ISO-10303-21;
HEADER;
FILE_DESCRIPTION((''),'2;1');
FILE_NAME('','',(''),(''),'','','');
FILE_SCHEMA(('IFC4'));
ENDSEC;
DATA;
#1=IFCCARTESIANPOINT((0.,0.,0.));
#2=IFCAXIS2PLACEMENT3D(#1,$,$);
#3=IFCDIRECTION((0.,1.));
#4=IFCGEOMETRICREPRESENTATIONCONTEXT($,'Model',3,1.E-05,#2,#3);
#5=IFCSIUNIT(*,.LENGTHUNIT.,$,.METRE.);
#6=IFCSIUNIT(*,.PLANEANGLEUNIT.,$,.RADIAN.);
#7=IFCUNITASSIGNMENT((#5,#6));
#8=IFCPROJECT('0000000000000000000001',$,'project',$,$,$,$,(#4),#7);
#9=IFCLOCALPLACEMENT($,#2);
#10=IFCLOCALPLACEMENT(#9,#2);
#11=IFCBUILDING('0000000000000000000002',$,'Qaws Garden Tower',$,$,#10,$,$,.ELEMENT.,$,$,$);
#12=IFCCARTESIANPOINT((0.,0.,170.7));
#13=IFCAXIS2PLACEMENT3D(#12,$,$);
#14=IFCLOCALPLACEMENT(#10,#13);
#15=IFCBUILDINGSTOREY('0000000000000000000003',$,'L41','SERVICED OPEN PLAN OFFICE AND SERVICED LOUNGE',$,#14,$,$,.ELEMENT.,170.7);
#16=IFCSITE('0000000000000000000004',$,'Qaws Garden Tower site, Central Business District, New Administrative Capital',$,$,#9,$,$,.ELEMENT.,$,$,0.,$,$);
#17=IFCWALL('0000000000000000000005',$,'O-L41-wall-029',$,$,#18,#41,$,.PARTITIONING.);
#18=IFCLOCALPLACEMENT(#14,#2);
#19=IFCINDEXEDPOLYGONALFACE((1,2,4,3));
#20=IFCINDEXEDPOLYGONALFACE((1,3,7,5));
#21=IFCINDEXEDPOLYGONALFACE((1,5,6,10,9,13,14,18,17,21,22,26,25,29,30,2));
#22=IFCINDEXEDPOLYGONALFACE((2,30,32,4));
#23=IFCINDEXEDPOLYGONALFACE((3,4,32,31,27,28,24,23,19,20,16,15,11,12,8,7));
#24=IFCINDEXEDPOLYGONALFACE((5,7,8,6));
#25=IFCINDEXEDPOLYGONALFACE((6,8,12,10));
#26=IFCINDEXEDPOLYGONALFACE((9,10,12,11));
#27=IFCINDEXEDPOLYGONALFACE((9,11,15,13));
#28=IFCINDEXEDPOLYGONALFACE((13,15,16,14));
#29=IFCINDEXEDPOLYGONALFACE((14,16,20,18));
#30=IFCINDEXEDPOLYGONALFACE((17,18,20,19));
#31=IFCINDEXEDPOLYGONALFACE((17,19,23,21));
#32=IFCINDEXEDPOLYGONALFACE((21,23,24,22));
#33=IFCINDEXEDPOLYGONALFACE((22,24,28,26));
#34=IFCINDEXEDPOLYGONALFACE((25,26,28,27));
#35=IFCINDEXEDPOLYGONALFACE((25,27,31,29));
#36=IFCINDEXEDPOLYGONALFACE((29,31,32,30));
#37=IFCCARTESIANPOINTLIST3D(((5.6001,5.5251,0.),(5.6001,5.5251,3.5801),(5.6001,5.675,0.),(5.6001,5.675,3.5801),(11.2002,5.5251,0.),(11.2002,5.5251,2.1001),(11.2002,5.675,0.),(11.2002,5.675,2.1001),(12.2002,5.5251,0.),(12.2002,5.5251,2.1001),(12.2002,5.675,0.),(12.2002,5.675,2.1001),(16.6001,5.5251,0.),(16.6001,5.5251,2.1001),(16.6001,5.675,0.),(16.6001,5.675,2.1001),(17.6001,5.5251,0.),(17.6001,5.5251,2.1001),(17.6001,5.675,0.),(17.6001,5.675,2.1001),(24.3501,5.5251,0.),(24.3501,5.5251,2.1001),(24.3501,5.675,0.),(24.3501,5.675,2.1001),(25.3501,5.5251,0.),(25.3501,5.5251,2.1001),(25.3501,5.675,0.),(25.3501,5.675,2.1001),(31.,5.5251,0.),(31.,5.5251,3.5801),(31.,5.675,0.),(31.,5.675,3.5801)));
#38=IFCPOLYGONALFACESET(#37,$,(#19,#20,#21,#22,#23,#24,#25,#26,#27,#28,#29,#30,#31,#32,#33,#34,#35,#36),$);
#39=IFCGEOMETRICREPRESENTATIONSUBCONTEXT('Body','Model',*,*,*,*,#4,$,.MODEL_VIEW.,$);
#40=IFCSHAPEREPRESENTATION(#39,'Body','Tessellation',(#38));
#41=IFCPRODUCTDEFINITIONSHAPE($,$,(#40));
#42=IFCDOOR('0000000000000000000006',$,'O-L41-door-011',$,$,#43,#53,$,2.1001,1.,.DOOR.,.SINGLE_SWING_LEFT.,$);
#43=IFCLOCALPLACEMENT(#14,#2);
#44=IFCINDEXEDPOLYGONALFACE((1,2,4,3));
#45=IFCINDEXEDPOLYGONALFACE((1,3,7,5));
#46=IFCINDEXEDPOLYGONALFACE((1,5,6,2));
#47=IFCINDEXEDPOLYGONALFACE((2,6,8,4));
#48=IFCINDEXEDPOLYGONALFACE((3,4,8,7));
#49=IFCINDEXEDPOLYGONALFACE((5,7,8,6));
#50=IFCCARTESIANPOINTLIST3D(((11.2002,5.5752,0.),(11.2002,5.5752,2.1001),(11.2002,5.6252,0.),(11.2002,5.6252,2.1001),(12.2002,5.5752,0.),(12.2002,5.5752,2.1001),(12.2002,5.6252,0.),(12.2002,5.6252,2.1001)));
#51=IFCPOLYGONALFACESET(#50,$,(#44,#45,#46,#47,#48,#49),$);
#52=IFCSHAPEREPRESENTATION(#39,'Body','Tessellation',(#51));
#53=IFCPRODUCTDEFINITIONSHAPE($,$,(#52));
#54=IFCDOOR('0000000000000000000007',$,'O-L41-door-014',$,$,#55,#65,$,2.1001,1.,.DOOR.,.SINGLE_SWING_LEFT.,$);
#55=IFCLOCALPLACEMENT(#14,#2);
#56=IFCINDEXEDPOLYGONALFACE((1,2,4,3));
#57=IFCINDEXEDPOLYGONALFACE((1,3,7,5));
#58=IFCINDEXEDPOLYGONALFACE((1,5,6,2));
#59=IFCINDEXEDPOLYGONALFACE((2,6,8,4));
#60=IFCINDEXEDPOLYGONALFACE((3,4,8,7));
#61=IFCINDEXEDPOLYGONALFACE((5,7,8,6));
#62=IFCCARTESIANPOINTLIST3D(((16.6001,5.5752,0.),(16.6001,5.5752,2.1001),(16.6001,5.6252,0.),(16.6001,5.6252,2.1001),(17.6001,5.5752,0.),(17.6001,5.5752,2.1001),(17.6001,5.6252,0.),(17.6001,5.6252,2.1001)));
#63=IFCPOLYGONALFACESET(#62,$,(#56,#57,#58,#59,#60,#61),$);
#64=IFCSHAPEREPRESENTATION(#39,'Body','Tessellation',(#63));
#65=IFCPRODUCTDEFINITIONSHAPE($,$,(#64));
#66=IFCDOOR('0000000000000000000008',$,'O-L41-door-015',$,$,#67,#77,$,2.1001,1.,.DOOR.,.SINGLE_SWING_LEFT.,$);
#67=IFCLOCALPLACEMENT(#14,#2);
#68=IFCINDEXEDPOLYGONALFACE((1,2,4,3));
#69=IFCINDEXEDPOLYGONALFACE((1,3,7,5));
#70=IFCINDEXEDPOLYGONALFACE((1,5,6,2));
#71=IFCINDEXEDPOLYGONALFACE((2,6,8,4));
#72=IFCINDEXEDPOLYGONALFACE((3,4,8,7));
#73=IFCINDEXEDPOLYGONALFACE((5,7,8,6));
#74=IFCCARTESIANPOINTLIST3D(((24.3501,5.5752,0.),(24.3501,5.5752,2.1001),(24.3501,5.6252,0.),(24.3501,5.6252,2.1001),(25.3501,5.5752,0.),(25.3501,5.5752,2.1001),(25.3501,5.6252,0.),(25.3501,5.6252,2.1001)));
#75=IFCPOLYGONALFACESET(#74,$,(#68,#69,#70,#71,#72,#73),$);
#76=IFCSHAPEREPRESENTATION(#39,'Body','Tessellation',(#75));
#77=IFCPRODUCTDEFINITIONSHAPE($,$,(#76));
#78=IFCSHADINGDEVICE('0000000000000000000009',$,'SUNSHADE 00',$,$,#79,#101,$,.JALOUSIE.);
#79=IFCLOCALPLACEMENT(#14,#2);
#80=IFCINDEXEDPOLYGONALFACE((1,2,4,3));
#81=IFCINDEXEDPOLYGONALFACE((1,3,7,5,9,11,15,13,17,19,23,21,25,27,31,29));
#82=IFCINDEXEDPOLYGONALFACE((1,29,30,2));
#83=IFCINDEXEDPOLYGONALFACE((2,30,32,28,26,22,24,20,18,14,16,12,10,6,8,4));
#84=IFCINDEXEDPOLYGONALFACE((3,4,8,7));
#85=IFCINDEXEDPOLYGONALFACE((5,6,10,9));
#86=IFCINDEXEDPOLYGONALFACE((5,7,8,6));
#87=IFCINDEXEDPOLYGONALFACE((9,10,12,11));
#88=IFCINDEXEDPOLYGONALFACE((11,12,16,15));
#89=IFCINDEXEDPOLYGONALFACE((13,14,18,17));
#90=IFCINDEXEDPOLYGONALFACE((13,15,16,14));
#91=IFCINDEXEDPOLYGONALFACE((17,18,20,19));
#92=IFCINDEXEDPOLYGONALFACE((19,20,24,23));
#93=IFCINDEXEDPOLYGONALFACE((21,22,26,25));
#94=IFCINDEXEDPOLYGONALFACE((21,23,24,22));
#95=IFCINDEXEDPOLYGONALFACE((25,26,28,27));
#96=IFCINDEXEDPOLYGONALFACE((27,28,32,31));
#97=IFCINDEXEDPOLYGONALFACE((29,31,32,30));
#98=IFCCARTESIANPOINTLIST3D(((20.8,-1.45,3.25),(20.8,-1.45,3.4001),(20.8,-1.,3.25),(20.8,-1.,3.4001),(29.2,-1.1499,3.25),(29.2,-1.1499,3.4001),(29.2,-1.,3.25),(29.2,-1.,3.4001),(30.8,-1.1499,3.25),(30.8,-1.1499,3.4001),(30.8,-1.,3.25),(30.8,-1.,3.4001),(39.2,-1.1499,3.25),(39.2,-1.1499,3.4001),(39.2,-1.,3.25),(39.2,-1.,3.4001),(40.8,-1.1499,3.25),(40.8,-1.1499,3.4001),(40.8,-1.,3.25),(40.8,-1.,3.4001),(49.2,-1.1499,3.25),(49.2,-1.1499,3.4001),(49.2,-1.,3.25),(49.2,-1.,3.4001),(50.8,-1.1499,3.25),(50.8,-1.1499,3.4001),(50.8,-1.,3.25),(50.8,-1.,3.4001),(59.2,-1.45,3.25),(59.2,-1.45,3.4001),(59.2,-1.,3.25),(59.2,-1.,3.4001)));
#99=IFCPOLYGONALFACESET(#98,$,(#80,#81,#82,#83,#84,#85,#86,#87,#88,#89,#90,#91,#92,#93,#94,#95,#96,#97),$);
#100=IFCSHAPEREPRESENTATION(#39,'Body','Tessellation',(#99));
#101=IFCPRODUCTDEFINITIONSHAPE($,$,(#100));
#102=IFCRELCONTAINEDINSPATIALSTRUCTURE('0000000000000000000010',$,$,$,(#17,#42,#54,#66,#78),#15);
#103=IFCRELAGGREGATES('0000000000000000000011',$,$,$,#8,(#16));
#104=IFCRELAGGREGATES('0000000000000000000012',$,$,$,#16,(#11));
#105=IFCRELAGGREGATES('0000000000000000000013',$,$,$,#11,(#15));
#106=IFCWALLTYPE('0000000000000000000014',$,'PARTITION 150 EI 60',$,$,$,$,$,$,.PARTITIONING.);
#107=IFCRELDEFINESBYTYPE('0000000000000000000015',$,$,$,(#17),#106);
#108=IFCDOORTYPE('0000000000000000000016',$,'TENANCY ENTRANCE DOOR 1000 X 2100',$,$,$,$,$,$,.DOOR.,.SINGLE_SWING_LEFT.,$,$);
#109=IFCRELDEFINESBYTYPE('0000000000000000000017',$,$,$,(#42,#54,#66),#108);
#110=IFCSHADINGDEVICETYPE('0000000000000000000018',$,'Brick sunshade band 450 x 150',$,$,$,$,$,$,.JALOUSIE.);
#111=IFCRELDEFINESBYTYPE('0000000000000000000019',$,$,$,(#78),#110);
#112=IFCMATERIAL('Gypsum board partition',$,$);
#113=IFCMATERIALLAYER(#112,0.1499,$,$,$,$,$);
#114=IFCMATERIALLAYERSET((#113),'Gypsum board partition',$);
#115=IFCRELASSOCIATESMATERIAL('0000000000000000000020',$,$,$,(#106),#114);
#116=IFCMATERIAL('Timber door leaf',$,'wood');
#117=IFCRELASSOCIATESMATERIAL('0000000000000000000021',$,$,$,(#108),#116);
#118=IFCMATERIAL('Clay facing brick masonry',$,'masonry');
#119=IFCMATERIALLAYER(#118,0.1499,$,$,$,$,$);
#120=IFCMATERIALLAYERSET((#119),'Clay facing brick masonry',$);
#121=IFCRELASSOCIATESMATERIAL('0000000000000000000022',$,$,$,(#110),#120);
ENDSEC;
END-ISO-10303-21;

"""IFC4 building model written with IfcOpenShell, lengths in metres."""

from ifc_helpers import new_model, si_unit, direction, frame, frame_2d, origin, place, context, subcontext, project, spatial, polyline, rectangle, outline, extrude, material, layer, layer_set, type_object, element, fill, save


model = new_model("IFC4")

# Units and contexts
model_context = context("Model", 3, precision=1e-05, world=origin(), true_north=direction((0.0, 1.0)))
body_context = subcontext(model_context, "Body", "Model", "MODEL_VIEW")
ifc_project = project(units=[si_unit("LENGTHUNIT", "METRE"), si_unit("PLANEANGLEUNIT", "RADIAN")], contexts=[model_context])

# Site, building, storey
site_placement = place(None, origin())
site = spatial("IfcSite", under=ifc_project, at=site_placement, Name="Qaws Garden Tower site, Central Business District, New Administrative Capital", CompositionType="ELEMENT", RefElevation=0.0)
building_placement = place(site_placement, origin())
building = spatial("IfcBuilding", under=site, at=building_placement, Name="Qaws Garden Tower", CompositionType="ELEMENT")
storey_placement = place(building_placement, frame((0.0, 0.0, 170.7)))
storey = spatial("IfcBuildingStorey", under=building, at=storey_placement, Name="L41", Description="SERVICED OPEN PLAN OFFICE AND SERVICED LOUNGE", CompositionType="ELEMENT", Elevation=170.7)

# Wall, openings, doors
ifc_material_1 = material(Name="Gypsum board partition")
ifc_layer_1 = layer(ifc_material_1, 0.1499)
ifc_layer_set_1 = layer_set([ifc_layer_1], Name="Gypsum board partition")
wall_type_1 = type_object("IfcWallType", Name="PARTITION 150 EI 60", PredefinedType="PARTITIONING", material=ifc_layer_set_1)
ifc_material_2 = material(Name="Timber door leaf", Category="wood")
door_type_1 = type_object("IfcDoorType", Name="TENANCY ENTRANCE DOOR 1000 X 2100", OperationType="SINGLE_SWING_LEFT", PredefinedType="DOOR", material=ifc_material_2)
wall_1_placement = place(storey_placement, frame((5.6001, 5.6001, 0.0), z_axis=(0.0, 0.0, 1.0), x_axis=(1.0, 0.0, 0.0)))
wall_1 = element("IfcWall", 1, at=wall_1_placement, inside=storey, type_object=wall_type_1, Name="O-L41-wall-029", PredefinedType="PARTITIONING", context=body_context, shape_type="SweptSolid", body=[
    extrude(rectangle(XDim=25.3999, YDim=0.1499, at=frame_2d((12.7, 0.0))), origin(), (0.0, 0.0, 1.0), 3.5801),
])
opening_1_placement = place(wall_1_placement, frame((5.6001, 0.0, 0.0)))
opening_1 = element("IfcOpeningElement", 2, at=opening_1_placement, cuts=wall_1, PredefinedType="OPENING", context=body_context, shape_type="SweptSolid", body=[
    extrude(rectangle(XDim=1.0, YDim=2.1001, at=frame_2d((0.5, 1.05))), frame((0.0, 0.085, 0.0), z_axis=(0.0, -1.0, 0.0), x_axis=(1.0, 0.0, 0.0)), (0.0, 0.0, 1.0), 0.1699),
])
opening_2_placement = place(wall_1_placement, frame((11.0, 0.0, 0.0)))
opening_2 = element("IfcOpeningElement", 3, at=opening_2_placement, cuts=wall_1, PredefinedType="OPENING", context=body_context, shape_type="SweptSolid", body=[
    extrude(rectangle(XDim=1.0, YDim=2.1001, at=frame_2d((0.5, 1.05))), frame((0.0, 0.085, 0.0), z_axis=(0.0, -1.0, 0.0), x_axis=(1.0, 0.0, 0.0)), (0.0, 0.0, 1.0), 0.1699),
])
opening_3_placement = place(wall_1_placement, frame((18.75, 0.0, 0.0)))
opening_3 = element("IfcOpeningElement", 4, at=opening_3_placement, cuts=wall_1, PredefinedType="OPENING", context=body_context, shape_type="SweptSolid", body=[
    extrude(rectangle(XDim=1.0, YDim=2.1001, at=frame_2d((0.5, 1.05))), frame((0.0, 0.085, 0.0), z_axis=(0.0, -1.0, 0.0), x_axis=(1.0, 0.0, 0.0)), (0.0, 0.0, 1.0), 0.1699),
])
door_1_placement = place(opening_1_placement, frame((1.0, 0.0, 0.0), z_axis=(0.0, 0.0, 1.0), x_axis=(-1.0, 0.0, 0.0)))
door_1 = element("IfcDoor", 5, at=door_1_placement, inside=storey, type_object=door_type_1, Name="O-L41-door-011", OperationType="SINGLE_SWING_LEFT", OverallHeight=2.1001, OverallWidth=1.0, PredefinedType="DOOR", context=body_context, shape_type="SweptSolid", body=[
    extrude(rectangle(XDim=1.0, YDim=2.1001, at=frame_2d((0.5, 1.05))), frame((0.0, 0.0249, 0.0), z_axis=(0.0, -1.0, 0.0), x_axis=(1.0, 0.0, 0.0)), (0.0, 0.0, 1.0), 0.05),
])
fill(opening_1, door_1)
door_2_placement = place(opening_2_placement, frame((1.0, 0.0, 0.0), z_axis=(0.0, 0.0, 1.0), x_axis=(-1.0, 0.0, 0.0)))
door_2 = element("IfcDoor", 6, at=door_2_placement, inside=storey, type_object=door_type_1, Name="O-L41-door-014", OperationType="SINGLE_SWING_LEFT", OverallHeight=2.1001, OverallWidth=1.0, PredefinedType="DOOR", context=body_context, shape_type="SweptSolid", body=[
    extrude(rectangle(XDim=1.0, YDim=2.1001, at=frame_2d((0.5, 1.05))), frame((0.0, 0.0249, 0.0), z_axis=(0.0, -1.0, 0.0), x_axis=(1.0, 0.0, 0.0)), (0.0, 0.0, 1.0), 0.05),
])
fill(opening_2, door_2)
door_3_placement = place(opening_3_placement, frame((1.0, 0.0, 0.0), z_axis=(0.0, 0.0, 1.0), x_axis=(-1.0, 0.0, 0.0)))
door_3 = element("IfcDoor", 7, at=door_3_placement, inside=storey, type_object=door_type_1, Name="O-L41-door-015", OperationType="SINGLE_SWING_LEFT", OverallHeight=2.1001, OverallWidth=1.0, PredefinedType="DOOR", context=body_context, shape_type="SweptSolid", body=[
    extrude(rectangle(XDim=1.0, YDim=2.1001, at=frame_2d((0.5, 1.05))), frame((0.0, 0.0249, 0.0), z_axis=(0.0, -1.0, 0.0), x_axis=(1.0, 0.0, 0.0)), (0.0, 0.0, 1.0), 0.05),
])
fill(opening_3, door_3)

# Shading device
ifc_material_3 = material(Name="Clay facing brick masonry", Category="masonry")
ifc_layer_2 = layer(ifc_material_3, 0.1499)
ifc_layer_set_2 = layer_set([ifc_layer_2], Name="Clay facing brick masonry")
shading_device_type = type_object("IfcShadingDeviceType", Name="Brick sunshade band 450 x 150", PredefinedType="JALOUSIE", material=ifc_layer_set_2)
shading_device_placement = place(storey_placement, frame((0.0, 0.0, 3.25)))
element("IfcShadingDevice", 8, at=shading_device_placement, inside=storey, type_object=shading_device_type, Name="SUNSHADE 00", PredefinedType="JALOUSIE", context=body_context, shape_type="SweptSolid", body=[
    extrude(outline(polyline([(20.8, -1.0), (20.8, -1.45), (59.2, -1.45), (59.2, -1.0), (50.8, -1.0), (50.8, -1.1499), (49.2, -1.1499), (49.2, -1.0), (40.8, -1.0), (40.8, -1.1499), (39.2, -1.1499), (39.2, -1.0), (30.8, -1.0), (30.8, -1.1499), (29.2, -1.1499), (29.2, -1.0), (20.8, -1.0)])), origin(), (0.0, 0.0, 1.0), 0.1501),
])

save(model, "model.ifc")
